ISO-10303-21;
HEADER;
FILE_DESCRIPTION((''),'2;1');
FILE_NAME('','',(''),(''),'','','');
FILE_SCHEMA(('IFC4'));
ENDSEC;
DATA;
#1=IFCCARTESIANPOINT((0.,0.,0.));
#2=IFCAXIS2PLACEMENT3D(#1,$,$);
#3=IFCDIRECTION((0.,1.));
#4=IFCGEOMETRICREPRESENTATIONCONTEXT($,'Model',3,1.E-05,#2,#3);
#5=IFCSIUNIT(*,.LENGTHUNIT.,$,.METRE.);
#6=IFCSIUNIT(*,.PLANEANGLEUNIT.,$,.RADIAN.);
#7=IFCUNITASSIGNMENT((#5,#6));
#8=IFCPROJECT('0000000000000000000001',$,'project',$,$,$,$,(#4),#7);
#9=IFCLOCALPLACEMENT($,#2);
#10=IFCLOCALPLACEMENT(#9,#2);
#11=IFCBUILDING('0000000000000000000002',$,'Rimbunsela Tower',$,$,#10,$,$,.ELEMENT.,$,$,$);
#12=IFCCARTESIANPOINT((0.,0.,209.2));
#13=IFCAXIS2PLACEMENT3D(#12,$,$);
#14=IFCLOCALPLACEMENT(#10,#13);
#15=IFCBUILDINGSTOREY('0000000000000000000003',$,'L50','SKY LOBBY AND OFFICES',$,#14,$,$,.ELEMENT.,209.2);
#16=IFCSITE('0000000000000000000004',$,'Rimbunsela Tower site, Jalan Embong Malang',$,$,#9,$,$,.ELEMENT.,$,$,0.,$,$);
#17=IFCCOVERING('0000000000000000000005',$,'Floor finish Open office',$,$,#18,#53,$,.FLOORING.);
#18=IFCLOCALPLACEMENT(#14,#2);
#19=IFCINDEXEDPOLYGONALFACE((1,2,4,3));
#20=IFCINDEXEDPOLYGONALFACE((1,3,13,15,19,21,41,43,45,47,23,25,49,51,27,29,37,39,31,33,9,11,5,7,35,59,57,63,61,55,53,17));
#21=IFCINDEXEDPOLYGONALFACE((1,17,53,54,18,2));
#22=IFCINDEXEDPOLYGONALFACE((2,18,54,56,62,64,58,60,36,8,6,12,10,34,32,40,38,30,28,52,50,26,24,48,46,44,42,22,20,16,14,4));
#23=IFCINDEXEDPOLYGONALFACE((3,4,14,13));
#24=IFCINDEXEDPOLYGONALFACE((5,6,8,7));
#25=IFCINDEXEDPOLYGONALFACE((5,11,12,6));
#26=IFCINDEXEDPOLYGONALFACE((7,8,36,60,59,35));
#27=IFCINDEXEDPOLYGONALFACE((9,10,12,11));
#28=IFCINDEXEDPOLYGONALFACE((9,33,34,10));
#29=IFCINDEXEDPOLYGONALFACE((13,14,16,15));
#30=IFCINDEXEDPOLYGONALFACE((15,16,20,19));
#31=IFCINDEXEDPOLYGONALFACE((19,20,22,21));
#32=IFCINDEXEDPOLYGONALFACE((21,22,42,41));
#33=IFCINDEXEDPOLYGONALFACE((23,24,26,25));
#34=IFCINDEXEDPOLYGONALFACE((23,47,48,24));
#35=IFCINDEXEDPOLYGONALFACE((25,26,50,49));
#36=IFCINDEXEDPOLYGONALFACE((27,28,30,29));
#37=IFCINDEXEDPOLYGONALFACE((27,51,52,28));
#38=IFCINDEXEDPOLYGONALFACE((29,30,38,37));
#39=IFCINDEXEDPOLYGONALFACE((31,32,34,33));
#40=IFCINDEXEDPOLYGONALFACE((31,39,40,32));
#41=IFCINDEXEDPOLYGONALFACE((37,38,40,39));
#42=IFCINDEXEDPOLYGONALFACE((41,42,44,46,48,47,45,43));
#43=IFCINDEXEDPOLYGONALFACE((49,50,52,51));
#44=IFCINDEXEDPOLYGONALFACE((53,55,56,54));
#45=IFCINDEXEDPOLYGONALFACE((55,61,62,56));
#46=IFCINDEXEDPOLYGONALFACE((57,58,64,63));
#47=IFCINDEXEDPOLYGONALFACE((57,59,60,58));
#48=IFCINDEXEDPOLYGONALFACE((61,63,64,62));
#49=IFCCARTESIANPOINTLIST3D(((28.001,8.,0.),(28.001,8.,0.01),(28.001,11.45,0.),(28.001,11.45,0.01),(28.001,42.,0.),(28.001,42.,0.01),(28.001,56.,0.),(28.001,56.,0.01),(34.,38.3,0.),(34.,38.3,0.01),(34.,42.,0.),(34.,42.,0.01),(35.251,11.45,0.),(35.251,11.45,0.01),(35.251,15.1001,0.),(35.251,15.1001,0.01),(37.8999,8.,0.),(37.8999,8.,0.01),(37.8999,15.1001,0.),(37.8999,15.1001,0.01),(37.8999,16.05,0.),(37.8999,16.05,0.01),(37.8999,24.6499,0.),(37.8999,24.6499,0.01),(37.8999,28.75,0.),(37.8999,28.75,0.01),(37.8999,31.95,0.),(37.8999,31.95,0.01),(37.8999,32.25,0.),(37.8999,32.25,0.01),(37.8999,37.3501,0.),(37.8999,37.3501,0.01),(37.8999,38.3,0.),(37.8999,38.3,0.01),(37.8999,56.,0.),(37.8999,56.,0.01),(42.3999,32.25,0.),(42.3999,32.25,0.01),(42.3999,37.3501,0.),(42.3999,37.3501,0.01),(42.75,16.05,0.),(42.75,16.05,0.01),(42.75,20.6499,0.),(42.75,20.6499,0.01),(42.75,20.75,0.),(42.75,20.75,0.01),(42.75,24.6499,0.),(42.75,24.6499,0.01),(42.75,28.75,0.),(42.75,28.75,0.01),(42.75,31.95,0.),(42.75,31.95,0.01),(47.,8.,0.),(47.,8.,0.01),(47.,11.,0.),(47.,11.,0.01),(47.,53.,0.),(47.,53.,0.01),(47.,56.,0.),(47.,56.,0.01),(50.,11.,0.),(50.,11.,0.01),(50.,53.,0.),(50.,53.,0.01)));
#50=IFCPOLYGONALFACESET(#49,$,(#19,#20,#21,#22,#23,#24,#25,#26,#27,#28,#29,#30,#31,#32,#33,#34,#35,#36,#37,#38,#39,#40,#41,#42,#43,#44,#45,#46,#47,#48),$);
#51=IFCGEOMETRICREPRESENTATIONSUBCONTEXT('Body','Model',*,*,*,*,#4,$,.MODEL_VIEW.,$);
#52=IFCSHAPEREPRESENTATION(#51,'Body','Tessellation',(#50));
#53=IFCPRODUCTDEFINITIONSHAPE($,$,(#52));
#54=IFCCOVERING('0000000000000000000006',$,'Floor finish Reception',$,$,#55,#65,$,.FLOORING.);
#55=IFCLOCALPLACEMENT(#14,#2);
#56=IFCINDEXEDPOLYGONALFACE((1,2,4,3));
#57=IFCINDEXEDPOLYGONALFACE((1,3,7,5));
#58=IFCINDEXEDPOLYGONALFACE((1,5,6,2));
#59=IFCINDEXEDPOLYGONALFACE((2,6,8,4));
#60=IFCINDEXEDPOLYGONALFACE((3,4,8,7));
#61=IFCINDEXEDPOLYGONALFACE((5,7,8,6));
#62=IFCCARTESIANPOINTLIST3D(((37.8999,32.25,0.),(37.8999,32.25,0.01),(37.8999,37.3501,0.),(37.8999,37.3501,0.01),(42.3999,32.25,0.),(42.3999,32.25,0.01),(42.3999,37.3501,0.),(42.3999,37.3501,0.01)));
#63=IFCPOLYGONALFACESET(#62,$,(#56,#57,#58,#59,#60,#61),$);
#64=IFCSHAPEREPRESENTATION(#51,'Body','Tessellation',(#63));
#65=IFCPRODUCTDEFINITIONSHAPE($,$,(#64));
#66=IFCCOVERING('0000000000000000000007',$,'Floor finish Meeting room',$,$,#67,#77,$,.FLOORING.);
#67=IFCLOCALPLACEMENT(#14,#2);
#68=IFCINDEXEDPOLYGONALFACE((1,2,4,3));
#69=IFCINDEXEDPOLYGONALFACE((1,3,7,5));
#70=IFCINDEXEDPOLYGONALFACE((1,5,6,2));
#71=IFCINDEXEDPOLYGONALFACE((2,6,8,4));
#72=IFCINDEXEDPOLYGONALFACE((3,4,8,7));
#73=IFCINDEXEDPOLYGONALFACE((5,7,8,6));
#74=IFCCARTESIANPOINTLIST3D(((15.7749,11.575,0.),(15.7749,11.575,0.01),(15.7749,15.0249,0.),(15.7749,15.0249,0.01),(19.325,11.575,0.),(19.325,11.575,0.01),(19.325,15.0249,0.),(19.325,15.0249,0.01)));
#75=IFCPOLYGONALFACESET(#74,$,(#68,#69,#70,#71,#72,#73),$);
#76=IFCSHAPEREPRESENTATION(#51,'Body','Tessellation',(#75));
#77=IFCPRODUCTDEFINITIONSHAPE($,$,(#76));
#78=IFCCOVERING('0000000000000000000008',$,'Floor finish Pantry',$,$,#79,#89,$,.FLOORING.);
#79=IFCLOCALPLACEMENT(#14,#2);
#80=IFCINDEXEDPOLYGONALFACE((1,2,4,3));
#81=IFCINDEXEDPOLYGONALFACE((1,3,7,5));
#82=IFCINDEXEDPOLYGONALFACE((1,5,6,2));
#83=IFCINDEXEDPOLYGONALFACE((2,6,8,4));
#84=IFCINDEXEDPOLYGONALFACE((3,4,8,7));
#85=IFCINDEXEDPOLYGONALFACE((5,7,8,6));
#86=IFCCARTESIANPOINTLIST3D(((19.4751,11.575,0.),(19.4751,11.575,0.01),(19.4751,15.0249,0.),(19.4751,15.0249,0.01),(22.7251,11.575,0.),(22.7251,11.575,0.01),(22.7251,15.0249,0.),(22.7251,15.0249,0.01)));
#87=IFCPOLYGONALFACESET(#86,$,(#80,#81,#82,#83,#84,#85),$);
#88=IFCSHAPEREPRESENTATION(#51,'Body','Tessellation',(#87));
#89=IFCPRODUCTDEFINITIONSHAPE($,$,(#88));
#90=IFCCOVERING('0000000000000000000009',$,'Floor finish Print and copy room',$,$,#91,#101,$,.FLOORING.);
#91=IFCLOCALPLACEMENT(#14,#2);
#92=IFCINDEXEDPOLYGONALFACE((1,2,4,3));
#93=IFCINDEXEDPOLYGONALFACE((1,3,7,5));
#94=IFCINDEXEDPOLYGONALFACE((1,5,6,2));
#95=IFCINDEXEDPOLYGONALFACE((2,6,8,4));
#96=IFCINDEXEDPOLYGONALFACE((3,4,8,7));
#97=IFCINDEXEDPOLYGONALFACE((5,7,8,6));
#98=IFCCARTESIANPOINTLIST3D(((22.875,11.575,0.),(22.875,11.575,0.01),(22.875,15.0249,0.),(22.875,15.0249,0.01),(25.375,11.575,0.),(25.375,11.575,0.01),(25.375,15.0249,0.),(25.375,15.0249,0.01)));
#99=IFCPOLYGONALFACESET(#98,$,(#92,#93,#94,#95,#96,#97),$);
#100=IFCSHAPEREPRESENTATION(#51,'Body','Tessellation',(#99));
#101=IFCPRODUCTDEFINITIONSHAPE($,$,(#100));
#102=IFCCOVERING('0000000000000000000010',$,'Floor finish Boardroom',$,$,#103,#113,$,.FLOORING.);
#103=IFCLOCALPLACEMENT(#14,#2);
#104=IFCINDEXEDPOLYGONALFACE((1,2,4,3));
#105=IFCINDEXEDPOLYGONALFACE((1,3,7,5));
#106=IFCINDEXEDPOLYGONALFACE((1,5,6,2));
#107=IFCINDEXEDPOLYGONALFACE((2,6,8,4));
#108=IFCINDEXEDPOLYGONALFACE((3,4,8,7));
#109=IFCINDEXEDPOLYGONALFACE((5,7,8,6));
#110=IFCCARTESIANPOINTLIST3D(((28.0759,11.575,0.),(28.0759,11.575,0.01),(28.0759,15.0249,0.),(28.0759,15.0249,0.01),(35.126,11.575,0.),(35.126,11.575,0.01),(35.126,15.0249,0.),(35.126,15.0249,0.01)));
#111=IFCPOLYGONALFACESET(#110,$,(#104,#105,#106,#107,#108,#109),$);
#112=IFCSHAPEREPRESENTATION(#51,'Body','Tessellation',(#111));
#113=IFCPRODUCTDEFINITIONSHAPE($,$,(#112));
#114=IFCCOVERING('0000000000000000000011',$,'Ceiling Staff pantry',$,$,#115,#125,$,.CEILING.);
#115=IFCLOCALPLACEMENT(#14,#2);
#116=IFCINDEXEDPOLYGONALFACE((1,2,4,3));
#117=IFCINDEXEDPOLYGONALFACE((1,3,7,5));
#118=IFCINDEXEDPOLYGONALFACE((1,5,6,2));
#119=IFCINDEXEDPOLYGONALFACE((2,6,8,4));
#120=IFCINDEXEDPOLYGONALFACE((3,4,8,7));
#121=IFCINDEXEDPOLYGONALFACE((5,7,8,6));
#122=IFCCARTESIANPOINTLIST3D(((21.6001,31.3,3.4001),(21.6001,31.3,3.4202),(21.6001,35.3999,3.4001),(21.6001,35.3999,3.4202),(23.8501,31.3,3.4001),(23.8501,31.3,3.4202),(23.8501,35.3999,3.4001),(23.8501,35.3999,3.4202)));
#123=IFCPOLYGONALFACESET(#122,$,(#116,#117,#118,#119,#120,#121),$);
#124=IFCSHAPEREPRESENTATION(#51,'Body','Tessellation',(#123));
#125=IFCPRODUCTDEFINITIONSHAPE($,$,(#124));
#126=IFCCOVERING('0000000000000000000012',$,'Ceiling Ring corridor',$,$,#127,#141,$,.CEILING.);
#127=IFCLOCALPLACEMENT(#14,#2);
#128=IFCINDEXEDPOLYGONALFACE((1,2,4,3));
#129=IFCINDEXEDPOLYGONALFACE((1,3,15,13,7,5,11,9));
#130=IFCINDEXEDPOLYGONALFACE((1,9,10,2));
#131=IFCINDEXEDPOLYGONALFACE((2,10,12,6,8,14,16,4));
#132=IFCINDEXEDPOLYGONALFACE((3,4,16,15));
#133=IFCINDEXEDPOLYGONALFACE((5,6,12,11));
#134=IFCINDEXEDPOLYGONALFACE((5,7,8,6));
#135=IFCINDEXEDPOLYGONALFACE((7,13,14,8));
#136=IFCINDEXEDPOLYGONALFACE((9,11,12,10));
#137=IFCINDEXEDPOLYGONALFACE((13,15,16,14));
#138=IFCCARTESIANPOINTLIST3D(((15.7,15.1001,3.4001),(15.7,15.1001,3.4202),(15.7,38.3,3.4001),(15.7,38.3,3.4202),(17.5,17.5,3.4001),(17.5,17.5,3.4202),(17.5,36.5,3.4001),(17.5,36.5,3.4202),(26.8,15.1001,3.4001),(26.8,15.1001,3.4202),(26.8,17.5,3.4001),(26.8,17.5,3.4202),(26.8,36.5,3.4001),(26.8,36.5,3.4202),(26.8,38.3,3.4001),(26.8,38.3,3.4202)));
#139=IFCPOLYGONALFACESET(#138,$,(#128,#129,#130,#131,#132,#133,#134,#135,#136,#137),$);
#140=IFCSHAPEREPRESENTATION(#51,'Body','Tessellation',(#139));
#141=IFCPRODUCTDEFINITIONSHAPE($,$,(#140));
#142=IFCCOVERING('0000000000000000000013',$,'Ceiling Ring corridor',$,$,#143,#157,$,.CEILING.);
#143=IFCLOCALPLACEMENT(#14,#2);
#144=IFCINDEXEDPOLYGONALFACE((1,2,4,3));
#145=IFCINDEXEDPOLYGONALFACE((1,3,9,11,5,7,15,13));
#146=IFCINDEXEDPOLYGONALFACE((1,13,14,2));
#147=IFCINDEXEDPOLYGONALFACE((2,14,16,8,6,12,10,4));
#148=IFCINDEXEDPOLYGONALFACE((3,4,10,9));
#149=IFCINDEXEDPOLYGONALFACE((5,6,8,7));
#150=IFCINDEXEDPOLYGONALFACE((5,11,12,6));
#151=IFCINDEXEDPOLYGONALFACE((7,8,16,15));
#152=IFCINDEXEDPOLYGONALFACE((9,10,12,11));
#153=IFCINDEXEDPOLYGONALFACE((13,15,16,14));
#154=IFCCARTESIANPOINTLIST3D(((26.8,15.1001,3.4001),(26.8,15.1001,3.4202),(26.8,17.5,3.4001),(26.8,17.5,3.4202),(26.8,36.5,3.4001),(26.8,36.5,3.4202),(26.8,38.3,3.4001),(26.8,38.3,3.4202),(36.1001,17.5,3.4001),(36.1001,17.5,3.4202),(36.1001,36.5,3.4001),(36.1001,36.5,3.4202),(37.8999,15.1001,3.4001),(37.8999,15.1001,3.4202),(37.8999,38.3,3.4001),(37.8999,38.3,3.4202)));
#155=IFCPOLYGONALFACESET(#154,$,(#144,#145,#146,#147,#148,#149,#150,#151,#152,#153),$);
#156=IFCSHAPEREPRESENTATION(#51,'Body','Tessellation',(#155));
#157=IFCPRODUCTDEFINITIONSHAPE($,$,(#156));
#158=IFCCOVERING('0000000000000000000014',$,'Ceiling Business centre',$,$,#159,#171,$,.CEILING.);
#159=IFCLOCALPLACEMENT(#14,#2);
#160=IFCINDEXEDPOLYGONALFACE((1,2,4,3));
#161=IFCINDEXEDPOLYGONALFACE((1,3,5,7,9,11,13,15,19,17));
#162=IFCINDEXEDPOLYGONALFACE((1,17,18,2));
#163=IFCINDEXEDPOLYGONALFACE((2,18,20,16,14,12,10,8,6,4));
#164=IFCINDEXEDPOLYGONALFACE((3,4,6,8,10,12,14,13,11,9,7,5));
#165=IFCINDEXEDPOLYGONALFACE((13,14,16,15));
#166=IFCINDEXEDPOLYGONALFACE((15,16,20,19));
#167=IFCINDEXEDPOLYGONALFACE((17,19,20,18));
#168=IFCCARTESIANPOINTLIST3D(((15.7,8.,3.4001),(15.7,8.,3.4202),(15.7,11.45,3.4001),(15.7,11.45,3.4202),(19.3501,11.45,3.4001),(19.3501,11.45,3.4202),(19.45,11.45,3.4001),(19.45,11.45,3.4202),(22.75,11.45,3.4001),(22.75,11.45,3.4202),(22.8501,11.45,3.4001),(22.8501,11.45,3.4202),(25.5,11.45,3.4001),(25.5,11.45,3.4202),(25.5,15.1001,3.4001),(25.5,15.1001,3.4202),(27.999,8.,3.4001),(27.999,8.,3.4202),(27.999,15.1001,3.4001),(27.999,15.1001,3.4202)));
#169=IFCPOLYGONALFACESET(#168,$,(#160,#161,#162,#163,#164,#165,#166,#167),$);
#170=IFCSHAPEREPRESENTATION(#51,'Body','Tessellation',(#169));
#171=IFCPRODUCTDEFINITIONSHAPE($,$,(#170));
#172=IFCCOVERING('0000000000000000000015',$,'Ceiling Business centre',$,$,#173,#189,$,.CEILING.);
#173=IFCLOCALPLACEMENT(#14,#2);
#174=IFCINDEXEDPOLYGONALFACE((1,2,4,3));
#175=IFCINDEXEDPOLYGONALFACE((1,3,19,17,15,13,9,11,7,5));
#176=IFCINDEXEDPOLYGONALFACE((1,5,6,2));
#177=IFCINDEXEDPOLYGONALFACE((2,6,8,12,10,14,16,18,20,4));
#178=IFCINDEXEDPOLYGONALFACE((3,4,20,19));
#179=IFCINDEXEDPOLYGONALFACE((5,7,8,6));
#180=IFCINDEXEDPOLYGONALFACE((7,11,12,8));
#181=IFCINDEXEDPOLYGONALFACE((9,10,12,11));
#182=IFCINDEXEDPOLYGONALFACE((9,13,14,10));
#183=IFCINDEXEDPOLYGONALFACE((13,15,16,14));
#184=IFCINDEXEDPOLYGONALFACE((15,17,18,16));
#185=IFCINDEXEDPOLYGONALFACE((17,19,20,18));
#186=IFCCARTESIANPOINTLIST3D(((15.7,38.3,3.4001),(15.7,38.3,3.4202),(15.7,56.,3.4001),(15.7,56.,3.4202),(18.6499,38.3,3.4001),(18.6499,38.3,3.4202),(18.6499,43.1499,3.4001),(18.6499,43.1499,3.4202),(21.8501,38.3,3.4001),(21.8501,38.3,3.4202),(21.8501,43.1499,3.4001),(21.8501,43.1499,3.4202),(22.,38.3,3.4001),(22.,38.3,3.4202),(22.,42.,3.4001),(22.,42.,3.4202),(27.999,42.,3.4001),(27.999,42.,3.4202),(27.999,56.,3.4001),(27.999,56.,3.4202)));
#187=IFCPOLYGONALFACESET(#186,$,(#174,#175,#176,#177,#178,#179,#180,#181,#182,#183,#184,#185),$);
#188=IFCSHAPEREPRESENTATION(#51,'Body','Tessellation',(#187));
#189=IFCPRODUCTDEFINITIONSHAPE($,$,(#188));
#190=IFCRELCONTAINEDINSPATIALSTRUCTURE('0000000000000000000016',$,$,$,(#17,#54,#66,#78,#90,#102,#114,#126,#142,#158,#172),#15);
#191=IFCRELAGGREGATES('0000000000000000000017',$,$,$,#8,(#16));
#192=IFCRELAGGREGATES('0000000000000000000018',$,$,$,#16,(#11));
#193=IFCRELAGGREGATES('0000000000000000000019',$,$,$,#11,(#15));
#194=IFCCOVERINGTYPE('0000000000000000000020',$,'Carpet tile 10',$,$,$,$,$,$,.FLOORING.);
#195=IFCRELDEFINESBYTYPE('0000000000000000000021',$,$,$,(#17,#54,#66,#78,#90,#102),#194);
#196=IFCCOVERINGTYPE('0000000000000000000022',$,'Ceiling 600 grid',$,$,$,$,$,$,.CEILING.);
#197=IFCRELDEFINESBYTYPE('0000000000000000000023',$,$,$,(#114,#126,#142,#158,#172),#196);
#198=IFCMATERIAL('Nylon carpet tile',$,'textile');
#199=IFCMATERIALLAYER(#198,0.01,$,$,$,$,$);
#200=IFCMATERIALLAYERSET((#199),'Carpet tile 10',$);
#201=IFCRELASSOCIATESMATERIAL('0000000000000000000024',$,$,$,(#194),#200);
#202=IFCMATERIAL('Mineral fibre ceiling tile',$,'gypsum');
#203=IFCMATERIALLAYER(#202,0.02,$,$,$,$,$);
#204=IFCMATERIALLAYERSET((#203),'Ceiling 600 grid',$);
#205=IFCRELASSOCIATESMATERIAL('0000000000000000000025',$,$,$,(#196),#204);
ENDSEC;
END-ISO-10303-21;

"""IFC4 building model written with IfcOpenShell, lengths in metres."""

from ifc_helpers import new_model, si_unit, direction, frame, origin, place, context, subcontext, project, spatial, polyline, outline, extrude, material, layer, layer_set, type_object, element, save


model = new_model("IFC4")

# Units and contexts
model_context = context("Model", 3, precision=1e-05, world=origin(), true_north=direction((0.0, 1.0)))
body_context = subcontext(model_context, "Body", "Model", "MODEL_VIEW")
ifc_project = project(units=[si_unit("LENGTHUNIT", "METRE"), si_unit("PLANEANGLEUNIT", "RADIAN")], contexts=[model_context])

# Site, building, storey
site_placement = place(None, origin())
site = spatial("IfcSite", under=ifc_project, at=site_placement, Name="Rimbunsela Tower site, Jalan Embong Malang", CompositionType="ELEMENT", RefElevation=0.0)
building_placement = place(site_placement, origin())
building = spatial("IfcBuilding", under=site, at=building_placement, Name="Rimbunsela Tower", CompositionType="ELEMENT")
storey_placement = place(building_placement, frame((0.0, 0.0, 209.2)))
storey = spatial("IfcBuildingStorey", under=building, at=storey_placement, Name="L50", Description="SKY LOBBY AND OFFICES", CompositionType="ELEMENT", Elevation=209.2)

# Coverings
ifc_material_1 = material(Name="Nylon carpet tile", Category="textile")
ifc_layer_1 = layer(ifc_material_1, 0.01)
ifc_layer_set_1 = layer_set([ifc_layer_1], Name="Carpet tile 10")
covering_type_1 = type_object("IfcCoveringType", Name="Carpet tile 10", PredefinedType="FLOORING", material=ifc_layer_set_1)
covering_1_placement = place(storey_placement, origin())
element("IfcCovering", 1, at=covering_1_placement, inside=storey, type_object=covering_type_1, Name="Floor finish Open office", PredefinedType="FLOORING", context=body_context, shape_type="SweptSolid", body=[
    extrude(outline(polyline([(28.001, 11.45), (35.251, 11.45), (35.251, 15.1001), (37.8999, 15.1001), (37.8999, 16.05), (42.75, 16.05), (42.75, 20.6499), (42.75, 20.75), (42.75, 24.6499), (37.8999, 24.6499), (37.8999, 28.75), (42.75, 28.75), (42.75, 31.95), (37.8999, 31.95), (37.8999, 32.25), (42.3999, 32.25), (42.3999, 37.3501), (37.8999, 37.3501), (37.8999, 38.3), (34.0, 38.3), (34.0, 42.0), (28.001, 42.0), (28.001, 56.0), (37.8999, 56.0), (47.0, 56.0), (47.0, 53.0), (50.0, 53.0), (50.0, 11.0), (47.0, 11.0), (47.0, 8.0), (37.8999, 8.0), (28.001, 8.0), (28.001, 11.45)])), origin(), (0.0, 0.0, 1.0), 0.01),
])
covering_2_placement = place(storey_placement, origin())
element("IfcCovering", 2, at=covering_2_placement, inside=storey, type_object=covering_type_1, Name="Floor finish Reception", PredefinedType="FLOORING", context=body_context, shape_type="SweptSolid", body=[
    extrude(outline(polyline([(42.3999, 32.25), (42.3999, 37.3501), (37.8999, 37.3501), (37.8999, 32.25), (42.3999, 32.25)])), origin(), (0.0, 0.0, 1.0), 0.01),
])
covering_3_placement = place(storey_placement, origin())
element("IfcCovering", 3, at=covering_3_placement, inside=storey, type_object=covering_type_1, Name="Floor finish Meeting room", PredefinedType="FLOORING", context=body_context, shape_type="SweptSolid", body=[
    extrude(outline(polyline([(19.325, 11.575), (19.325, 15.0249), (15.7749, 15.0249), (15.7749, 11.575), (19.325, 11.575)])), origin(), (0.0, 0.0, 1.0), 0.01),
])
covering_4_placement = place(storey_placement, origin())
element("IfcCovering", 4, at=covering_4_placement, inside=storey, type_object=covering_type_1, Name="Floor finish Pantry", PredefinedType="FLOORING", context=body_context, shape_type="SweptSolid", body=[
    extrude(outline(polyline([(22.7251, 11.575), (22.7251, 15.0249), (19.4751, 15.0249), (19.4751, 11.575), (22.7251, 11.575)])), origin(), (0.0, 0.0, 1.0), 0.01),
])
covering_5_placement = place(storey_placement, origin())
element("IfcCovering", 5, at=covering_5_placement, inside=storey, type_object=covering_type_1, Name="Floor finish Print and copy room", PredefinedType="FLOORING", context=body_context, shape_type="SweptSolid", body=[
    extrude(outline(polyline([(25.375, 11.575), (25.375, 15.0249), (22.875, 15.0249), (22.875, 11.575), (25.375, 11.575)])), origin(), (0.0, 0.0, 1.0), 0.01),
])
covering_6_placement = place(storey_placement, origin())
element("IfcCovering", 6, at=covering_6_placement, inside=storey, type_object=covering_type_1, Name="Floor finish Boardroom", PredefinedType="FLOORING", context=body_context, shape_type="SweptSolid", body=[
    extrude(outline(polyline([(35.126, 11.575), (35.126, 15.0249), (28.0759, 15.0249), (28.0759, 11.575), (35.126, 11.575)])), origin(), (0.0, 0.0, 1.0), 0.01),
])
ifc_material_2 = material(Name="Mineral fibre ceiling tile", Category="gypsum")
ifc_layer_2 = layer(ifc_material_2, 0.02)
ifc_layer_set_2 = layer_set([ifc_layer_2], Name="Ceiling 600 grid")
covering_type_2 = type_object("IfcCoveringType", Name="Ceiling 600 grid", PredefinedType="CEILING", material=ifc_layer_set_2)
covering_7_placement = place(storey_placement, frame((0.0, 0.0, 3.4001)))
element("IfcCovering", 7, at=covering_7_placement, inside=storey, type_object=covering_type_2, Name="Ceiling Staff pantry", PredefinedType="CEILING", context=body_context, shape_type="SweptSolid", body=[
    extrude(outline(polyline([(23.8501, 31.3), (23.8501, 35.3999), (21.6001, 35.3999), (21.6001, 31.3), (23.8501, 31.3)])), origin(), (0.0, 0.0, 1.0), 0.02),
])
covering_8_placement = place(storey_placement, frame((0.0, 0.0, 3.4001)))
element("IfcCovering", 8, at=covering_8_placement, inside=storey, type_object=covering_type_2, Name="Ceiling Ring corridor", PredefinedType="CEILING", context=body_context, shape_type="SweptSolid", body=[
    extrude(outline(polyline([(15.7, 38.3), (26.8, 38.3), (26.8, 36.5), (17.5, 36.5), (17.5, 17.5), (26.8, 17.5), (26.8, 15.1001), (15.7, 15.1001), (15.7, 38.3)])), origin(), (0.0, 0.0, 1.0), 0.02),
])
covering_9_placement = place(storey_placement, frame((0.0, 0.0, 3.4001)))
element("IfcCovering", 9, at=covering_9_placement, inside=storey, type_object=covering_type_2, Name="Ceiling Ring corridor", PredefinedType="CEILING", context=body_context, shape_type="SweptSolid", body=[
    extrude(outline(polyline([(37.8999, 38.3), (37.8999, 15.1001), (26.8, 15.1001), (26.8, 17.5), (36.1001, 17.5), (36.1001, 36.5), (26.8, 36.5), (26.8, 38.3), (37.8999, 38.3)])), origin(), (0.0, 0.0, 1.0), 0.02),
])
covering_10_placement = place(storey_placement, frame((0.0, 0.0, 3.4001)))
element("IfcCovering", 10, at=covering_10_placement, inside=storey, type_object=covering_type_2, Name="Ceiling Business centre", PredefinedType="CEILING", context=body_context, shape_type="SweptSolid", body=[
    extrude(outline(polyline([(19.45, 11.45), (22.75, 11.45), (22.8501, 11.45), (25.5, 11.45), (25.5, 15.1001), (27.999, 15.1001), (27.999, 8.0), (15.7, 8.0), (15.7, 11.45), (19.3501, 11.45), (19.45, 11.45)])), origin(), (0.0, 0.0, 1.0), 0.02),
])
covering_11_placement = place(storey_placement, frame((0.0, 0.0, 3.4001)))
element("IfcCovering", 11, at=covering_11_placement, inside=storey, type_object=covering_type_2, Name="Ceiling Business centre", PredefinedType="CEILING", context=body_context, shape_type="SweptSolid", body=[
    extrude(outline(polyline([(27.999, 42.0), (22.0, 42.0), (22.0, 38.3), (21.8501, 38.3), (21.8501, 43.1499), (18.6499, 43.1499), (18.6499, 38.3), (15.7, 38.3), (15.7, 56.0), (27.999, 56.0), (27.999, 42.0)])), origin(), (0.0, 0.0, 1.0), 0.02),
])

save(model, "model.ifc")
